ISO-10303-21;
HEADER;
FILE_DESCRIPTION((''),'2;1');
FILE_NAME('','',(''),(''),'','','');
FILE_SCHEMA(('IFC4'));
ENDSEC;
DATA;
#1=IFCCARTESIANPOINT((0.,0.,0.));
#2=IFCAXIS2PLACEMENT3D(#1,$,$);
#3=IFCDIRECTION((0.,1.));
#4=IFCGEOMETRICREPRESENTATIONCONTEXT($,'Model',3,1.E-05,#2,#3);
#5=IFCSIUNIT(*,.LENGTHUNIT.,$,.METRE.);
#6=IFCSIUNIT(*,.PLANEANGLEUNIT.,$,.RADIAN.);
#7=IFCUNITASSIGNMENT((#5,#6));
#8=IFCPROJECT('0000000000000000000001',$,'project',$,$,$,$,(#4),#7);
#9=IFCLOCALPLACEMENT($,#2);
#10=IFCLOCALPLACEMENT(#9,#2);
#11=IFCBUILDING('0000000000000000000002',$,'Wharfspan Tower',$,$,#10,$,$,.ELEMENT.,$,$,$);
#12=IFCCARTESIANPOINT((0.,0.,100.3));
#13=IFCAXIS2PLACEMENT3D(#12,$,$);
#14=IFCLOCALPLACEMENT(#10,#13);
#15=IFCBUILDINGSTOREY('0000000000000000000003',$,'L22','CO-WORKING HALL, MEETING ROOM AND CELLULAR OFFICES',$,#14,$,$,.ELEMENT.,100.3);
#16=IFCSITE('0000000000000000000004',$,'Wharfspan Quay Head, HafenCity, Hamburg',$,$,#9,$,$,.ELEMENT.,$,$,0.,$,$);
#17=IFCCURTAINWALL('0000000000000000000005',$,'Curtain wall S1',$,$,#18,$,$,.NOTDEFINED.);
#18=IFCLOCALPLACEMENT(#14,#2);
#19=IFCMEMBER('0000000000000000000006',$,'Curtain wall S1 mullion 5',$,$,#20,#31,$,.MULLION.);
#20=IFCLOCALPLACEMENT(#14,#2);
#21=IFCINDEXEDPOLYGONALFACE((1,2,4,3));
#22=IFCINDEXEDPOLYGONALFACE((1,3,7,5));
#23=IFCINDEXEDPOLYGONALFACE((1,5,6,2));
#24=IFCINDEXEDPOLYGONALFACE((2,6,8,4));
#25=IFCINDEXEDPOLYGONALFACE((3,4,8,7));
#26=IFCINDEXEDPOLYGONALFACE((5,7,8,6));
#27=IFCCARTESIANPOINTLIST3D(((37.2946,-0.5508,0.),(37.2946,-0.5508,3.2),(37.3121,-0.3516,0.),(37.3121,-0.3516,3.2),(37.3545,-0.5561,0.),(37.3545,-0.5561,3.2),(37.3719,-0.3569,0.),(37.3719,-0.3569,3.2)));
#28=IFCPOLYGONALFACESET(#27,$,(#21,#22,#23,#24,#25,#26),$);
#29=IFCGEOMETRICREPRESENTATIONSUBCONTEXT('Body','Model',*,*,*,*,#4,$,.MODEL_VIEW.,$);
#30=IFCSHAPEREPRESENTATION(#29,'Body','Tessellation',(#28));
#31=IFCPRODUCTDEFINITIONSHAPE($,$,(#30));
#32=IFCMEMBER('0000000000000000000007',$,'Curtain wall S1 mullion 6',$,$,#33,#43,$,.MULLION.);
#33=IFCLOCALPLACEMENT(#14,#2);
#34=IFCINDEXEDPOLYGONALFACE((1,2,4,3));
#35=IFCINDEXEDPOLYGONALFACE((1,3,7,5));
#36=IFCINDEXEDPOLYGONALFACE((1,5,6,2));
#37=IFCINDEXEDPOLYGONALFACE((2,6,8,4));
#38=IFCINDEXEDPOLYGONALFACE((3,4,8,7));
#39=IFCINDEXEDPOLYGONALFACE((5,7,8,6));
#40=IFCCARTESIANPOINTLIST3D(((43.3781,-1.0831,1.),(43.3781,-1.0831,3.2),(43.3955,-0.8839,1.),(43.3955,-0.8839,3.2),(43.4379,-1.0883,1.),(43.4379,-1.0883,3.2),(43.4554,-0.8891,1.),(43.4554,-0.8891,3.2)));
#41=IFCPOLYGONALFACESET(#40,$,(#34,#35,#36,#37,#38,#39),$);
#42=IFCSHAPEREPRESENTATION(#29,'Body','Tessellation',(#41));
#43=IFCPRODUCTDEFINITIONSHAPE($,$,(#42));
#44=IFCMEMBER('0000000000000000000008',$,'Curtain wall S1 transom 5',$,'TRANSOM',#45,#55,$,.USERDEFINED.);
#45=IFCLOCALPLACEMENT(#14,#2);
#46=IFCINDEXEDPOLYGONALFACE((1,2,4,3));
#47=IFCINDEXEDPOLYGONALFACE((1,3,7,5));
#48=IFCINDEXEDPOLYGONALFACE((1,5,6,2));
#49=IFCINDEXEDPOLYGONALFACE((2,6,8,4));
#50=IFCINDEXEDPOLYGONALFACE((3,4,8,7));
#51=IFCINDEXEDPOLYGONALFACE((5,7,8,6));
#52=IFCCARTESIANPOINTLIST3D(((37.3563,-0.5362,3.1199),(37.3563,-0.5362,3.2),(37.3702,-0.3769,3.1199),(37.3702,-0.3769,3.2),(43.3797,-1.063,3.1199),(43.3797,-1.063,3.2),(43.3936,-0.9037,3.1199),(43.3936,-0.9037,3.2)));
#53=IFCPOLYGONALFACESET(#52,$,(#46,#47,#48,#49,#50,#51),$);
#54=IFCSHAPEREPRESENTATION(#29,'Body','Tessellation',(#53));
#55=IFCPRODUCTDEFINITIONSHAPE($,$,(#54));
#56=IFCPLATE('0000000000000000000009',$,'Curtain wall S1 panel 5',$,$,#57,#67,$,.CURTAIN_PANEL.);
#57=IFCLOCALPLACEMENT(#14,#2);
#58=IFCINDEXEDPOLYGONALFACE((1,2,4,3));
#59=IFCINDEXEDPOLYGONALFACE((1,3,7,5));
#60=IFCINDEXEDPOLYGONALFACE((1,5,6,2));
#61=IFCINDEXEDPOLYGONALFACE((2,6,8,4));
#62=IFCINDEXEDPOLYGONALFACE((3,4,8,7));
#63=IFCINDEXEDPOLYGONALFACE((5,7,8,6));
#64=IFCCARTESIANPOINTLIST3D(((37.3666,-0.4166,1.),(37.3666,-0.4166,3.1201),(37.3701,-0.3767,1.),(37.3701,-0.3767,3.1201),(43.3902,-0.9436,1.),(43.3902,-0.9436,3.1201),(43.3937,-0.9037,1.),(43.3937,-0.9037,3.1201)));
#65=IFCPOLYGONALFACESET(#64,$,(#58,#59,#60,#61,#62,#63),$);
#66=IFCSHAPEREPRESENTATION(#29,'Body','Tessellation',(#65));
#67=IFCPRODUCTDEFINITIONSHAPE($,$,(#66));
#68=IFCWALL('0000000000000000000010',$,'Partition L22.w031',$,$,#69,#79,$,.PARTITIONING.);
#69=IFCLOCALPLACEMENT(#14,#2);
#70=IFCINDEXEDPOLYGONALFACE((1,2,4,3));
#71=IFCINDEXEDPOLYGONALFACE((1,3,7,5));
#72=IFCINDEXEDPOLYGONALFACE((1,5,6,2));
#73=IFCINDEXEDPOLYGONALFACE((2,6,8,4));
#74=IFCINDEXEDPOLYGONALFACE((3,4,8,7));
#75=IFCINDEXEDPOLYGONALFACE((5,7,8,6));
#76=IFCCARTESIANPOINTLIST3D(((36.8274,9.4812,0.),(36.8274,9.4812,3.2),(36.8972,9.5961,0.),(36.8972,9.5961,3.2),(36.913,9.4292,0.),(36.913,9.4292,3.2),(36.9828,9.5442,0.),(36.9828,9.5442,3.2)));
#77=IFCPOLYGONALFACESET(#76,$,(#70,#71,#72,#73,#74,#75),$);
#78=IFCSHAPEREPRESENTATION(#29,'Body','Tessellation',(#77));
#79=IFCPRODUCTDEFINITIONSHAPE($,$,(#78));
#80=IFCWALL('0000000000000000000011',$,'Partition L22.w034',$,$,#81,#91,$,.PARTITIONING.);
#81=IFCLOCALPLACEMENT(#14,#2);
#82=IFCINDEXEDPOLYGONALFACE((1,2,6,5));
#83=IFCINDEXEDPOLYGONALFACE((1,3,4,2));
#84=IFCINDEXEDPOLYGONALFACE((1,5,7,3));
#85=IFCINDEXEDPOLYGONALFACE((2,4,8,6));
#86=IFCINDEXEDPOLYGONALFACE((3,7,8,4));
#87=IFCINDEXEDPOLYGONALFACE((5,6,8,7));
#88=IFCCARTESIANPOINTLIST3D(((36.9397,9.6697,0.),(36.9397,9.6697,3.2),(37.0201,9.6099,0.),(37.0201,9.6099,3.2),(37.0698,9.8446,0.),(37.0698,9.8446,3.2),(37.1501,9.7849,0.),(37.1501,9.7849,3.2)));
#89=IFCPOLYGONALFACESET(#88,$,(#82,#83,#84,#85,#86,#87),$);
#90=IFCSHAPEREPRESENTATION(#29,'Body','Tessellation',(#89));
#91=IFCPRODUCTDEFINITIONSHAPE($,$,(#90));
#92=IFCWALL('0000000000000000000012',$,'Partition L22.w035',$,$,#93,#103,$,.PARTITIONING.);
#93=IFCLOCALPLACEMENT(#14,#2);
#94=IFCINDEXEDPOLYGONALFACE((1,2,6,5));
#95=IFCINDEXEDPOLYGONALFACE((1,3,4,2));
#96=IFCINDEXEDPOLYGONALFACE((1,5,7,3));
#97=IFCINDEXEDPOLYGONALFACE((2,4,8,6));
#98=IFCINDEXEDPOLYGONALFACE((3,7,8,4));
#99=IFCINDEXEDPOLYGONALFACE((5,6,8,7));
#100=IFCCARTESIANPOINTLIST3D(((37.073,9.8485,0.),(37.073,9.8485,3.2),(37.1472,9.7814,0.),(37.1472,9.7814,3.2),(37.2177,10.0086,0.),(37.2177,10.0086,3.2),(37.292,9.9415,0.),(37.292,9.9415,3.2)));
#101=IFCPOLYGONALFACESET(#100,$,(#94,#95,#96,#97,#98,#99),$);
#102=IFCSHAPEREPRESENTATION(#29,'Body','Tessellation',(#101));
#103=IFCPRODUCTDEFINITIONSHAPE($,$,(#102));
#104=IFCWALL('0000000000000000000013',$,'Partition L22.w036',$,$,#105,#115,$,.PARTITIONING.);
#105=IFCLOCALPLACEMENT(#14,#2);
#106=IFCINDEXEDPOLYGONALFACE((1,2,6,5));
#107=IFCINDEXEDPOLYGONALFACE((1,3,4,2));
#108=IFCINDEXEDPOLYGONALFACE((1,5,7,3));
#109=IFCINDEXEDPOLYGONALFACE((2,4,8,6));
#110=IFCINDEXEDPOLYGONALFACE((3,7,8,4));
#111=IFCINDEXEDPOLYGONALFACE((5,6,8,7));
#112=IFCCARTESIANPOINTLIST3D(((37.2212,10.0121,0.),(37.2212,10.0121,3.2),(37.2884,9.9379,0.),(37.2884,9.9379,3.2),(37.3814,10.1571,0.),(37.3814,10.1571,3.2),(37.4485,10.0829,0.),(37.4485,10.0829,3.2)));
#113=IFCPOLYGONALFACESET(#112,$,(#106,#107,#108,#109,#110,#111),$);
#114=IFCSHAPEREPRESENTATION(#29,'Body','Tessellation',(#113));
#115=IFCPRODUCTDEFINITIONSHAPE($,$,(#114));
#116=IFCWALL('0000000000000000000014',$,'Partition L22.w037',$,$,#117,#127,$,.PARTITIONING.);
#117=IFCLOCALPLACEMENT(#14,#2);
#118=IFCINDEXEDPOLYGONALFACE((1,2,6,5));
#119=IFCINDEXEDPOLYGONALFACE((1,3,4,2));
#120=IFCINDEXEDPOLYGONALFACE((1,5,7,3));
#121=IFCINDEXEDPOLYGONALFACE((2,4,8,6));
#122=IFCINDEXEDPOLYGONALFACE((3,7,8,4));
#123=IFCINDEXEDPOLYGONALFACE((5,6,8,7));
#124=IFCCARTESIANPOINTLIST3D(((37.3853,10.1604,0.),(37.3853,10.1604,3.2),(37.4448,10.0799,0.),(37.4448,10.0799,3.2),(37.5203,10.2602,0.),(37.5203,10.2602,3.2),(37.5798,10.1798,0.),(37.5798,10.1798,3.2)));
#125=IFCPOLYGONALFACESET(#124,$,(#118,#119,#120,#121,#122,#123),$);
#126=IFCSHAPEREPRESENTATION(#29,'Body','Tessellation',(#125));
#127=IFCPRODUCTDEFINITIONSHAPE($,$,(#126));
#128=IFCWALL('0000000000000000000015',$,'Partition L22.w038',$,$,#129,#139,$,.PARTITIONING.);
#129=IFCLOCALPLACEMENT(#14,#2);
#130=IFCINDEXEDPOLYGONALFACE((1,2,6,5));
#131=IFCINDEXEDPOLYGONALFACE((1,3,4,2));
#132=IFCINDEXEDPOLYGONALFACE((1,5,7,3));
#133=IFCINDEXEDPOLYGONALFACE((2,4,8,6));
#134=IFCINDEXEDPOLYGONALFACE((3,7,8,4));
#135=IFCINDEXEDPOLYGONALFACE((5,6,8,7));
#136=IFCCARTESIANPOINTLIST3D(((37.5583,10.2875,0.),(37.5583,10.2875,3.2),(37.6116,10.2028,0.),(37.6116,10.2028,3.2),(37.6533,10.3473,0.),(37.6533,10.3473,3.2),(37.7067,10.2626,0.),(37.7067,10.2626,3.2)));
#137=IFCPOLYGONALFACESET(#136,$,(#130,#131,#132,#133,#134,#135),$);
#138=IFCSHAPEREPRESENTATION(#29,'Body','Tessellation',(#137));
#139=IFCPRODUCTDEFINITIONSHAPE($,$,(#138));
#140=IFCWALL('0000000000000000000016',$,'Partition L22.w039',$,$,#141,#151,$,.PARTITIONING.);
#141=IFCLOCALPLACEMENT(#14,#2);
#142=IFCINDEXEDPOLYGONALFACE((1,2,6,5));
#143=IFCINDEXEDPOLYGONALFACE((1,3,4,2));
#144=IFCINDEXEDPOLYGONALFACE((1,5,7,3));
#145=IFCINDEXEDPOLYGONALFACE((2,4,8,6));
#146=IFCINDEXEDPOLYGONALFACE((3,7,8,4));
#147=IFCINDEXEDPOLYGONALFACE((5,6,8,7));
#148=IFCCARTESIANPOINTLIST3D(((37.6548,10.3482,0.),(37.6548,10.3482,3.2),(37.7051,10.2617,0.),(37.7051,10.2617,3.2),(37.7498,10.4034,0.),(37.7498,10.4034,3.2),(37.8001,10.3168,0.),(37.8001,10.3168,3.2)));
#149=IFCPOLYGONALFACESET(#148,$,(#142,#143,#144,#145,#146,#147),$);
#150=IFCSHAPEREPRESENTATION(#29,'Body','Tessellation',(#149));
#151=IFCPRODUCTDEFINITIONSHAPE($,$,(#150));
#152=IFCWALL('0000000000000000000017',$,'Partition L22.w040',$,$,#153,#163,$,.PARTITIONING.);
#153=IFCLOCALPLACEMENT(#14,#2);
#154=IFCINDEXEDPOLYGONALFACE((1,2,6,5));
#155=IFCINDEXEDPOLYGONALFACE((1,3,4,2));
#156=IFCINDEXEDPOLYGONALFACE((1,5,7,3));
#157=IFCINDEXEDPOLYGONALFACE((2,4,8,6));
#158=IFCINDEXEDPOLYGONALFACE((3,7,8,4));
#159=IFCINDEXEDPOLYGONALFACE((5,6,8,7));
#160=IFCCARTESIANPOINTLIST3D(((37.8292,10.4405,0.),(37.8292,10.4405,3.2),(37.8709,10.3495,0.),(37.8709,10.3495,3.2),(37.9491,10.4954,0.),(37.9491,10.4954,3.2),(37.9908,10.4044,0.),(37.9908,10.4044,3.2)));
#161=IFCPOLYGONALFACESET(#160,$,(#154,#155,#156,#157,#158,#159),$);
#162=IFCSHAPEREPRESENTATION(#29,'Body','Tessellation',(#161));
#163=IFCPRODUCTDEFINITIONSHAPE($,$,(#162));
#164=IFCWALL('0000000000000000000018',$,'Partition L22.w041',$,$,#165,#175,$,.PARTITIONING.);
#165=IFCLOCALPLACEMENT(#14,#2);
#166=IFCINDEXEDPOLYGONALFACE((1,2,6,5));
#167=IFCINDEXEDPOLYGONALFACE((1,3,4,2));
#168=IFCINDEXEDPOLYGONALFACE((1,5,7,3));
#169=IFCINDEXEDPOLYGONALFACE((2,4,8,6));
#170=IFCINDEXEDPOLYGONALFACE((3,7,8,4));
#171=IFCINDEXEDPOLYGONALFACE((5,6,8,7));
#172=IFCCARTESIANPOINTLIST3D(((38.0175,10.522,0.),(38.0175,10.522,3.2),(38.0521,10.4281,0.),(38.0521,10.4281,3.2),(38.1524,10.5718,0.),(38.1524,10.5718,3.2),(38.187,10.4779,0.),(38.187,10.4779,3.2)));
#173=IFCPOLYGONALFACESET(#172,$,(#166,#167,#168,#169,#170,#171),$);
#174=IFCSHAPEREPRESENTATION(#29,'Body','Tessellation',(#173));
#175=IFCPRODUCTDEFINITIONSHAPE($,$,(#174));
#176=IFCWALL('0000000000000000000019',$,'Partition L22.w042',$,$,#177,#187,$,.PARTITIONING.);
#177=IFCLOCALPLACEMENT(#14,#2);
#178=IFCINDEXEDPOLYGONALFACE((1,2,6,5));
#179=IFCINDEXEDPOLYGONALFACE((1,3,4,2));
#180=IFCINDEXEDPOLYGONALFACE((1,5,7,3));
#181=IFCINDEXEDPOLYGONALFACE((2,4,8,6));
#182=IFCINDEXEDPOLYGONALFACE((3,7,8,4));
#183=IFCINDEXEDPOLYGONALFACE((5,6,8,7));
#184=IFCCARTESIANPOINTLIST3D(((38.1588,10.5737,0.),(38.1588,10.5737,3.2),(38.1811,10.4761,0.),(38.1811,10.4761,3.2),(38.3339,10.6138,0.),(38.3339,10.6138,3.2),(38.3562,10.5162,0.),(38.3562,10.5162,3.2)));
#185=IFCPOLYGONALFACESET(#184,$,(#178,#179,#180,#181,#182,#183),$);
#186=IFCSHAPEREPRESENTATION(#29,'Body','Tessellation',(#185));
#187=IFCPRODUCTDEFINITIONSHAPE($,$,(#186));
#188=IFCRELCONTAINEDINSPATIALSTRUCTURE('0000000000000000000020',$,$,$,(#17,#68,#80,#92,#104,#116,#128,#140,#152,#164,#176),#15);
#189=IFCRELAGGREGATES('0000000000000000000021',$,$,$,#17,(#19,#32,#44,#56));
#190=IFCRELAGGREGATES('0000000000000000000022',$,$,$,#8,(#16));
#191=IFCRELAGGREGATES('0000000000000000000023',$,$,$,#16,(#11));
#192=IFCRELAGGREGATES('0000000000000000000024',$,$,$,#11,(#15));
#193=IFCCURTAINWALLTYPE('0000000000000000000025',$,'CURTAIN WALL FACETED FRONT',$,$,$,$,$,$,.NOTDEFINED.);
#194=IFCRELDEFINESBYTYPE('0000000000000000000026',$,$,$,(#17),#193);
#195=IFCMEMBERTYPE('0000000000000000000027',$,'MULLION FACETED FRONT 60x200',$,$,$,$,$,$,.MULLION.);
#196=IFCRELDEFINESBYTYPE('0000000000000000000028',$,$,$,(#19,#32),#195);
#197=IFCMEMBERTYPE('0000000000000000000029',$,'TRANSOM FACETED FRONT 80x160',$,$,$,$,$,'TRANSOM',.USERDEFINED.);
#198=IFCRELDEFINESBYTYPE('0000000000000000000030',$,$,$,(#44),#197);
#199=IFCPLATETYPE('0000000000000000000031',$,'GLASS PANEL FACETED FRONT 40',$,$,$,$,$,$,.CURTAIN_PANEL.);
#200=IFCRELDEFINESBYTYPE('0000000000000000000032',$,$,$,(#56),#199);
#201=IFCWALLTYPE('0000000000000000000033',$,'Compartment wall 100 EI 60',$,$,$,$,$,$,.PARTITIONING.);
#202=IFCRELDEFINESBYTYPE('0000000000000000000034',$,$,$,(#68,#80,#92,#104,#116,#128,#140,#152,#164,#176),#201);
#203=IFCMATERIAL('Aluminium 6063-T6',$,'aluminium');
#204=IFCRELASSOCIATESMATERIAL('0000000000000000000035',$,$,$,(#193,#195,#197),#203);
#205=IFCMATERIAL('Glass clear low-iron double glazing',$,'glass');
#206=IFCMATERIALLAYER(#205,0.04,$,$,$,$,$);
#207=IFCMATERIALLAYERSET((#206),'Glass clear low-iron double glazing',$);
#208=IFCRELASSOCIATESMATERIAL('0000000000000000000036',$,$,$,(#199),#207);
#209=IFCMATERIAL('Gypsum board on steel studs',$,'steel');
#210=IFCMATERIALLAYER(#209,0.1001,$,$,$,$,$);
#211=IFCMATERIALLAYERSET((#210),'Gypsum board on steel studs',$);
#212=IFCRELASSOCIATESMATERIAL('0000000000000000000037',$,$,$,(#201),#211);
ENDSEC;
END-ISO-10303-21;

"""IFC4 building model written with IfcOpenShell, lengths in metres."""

from ifc_helpers import new_model, si_unit, direction, frame, frame_2d, origin, origin_2d, place, context, subcontext, project, spatial, rectangle, extrude, material, layer, layer_set, material_profile, profile_set, type_object, element, aggregate, save


model = new_model("IFC4")

# Units and contexts
model_context = context("Model", 3, precision=1e-05, world=origin(), true_north=direction((0.0, 1.0)))
body_context = subcontext(model_context, "Body", "Model", "MODEL_VIEW")
ifc_project = project(units=[si_unit("LENGTHUNIT", "METRE"), si_unit("PLANEANGLEUNIT", "RADIAN")], contexts=[model_context])

# Site, building, storey
site_placement = place(None, origin())
site = spatial("IfcSite", under=ifc_project, at=site_placement, Name="Wharfspan Quay Head, HafenCity, Hamburg", CompositionType="ELEMENT", RefElevation=0.0)
building_placement = place(site_placement, origin())
building = spatial("IfcBuilding", under=site, at=building_placement, Name="Wharfspan Tower", CompositionType="ELEMENT")
storey_placement = place(building_placement, frame((0.0, 0.0, 100.3)))
storey = spatial("IfcBuildingStorey", under=building, at=storey_placement, Name="L22", Description="CO-WORKING HALL, MEETING ROOM AND CELLULAR OFFICES", CompositionType="ELEMENT", Elevation=100.3)

# Curtain wall, members, plate
ifc_material_1 = material(Name="Aluminium 6063-T6", Category="aluminium")
curtain_wall_type = type_object("IfcCurtainWallType", Name="CURTAIN WALL FACETED FRONT", PredefinedType="NOTDEFINED", material=ifc_material_1)
curtain_wall_placement = place(storey_placement, origin())
curtain_wall = element("IfcCurtainWall", 1, at=curtain_wall_placement, inside=storey, type_object=curtain_wall_type, Name="Curtain wall S1", PredefinedType="NOTDEFINED")
ifc_material_profile_1 = material_profile(ifc_material_1, rectangle(XDim=0.2, YDim=0.0601, at=origin_2d()))
ifc_profile_set_1 = profile_set([ifc_material_profile_1], Name="Aluminium 6063-T6")
member_type_1 = type_object("IfcMemberType", Name="MULLION FACETED FRONT 60x200", PredefinedType="MULLION", material=ifc_profile_set_1)
member_1_placement = place(storey_placement, frame((37.3333, -0.4539, 0.0), z_axis=(0.0, 0.0, 1.0), x_axis=(0.087156, 0.996198, 0.0)))
member_1 = element("IfcMember", 2, at=member_1_placement, type_object=member_type_1, Name="Curtain wall S1 mullion 5", PredefinedType="MULLION", context=body_context, shape_type="SweptSolid", body=[
    extrude(rectangle(XDim=0.2, YDim=0.0601, at=origin_2d()), origin(), (0.0, 0.0, 1.0), 3.2),
])
member_2_placement = place(storey_placement, frame((43.4167, -0.9861, 1.0), z_axis=(0.0, 0.0, 1.0), x_axis=(0.087156, 0.996198, 0.0)))
member_2 = element("IfcMember", 3, at=member_2_placement, type_object=member_type_1, Name="Curtain wall S1 mullion 6", PredefinedType="MULLION", context=body_context, shape_type="SweptSolid", body=[
    extrude(rectangle(XDim=0.2, YDim=0.0601, at=origin_2d()), origin(), (0.0, 0.0, 1.0), 2.2),
])
ifc_material_profile_2 = material_profile(ifc_material_1, rectangle(XDim=0.1599, YDim=0.0801, at=origin_2d()))
ifc_profile_set_2 = profile_set([ifc_material_profile_2], Name="Aluminium 6063-T6")
member_type_2 = type_object("IfcMemberType", Name="TRANSOM FACETED FRONT 80x160", ElementType="TRANSOM", PredefinedType="USERDEFINED", material=ifc_profile_set_2)
member_3_placement = place(storey_placement, frame((37.3633, -0.4565, 3.1599), z_axis=(0.996197, -0.087135, 0.0), x_axis=(0.087135, 0.996197, 0.0)))
member_3 = element("IfcMember", 4, at=member_3_placement, type_object=member_type_2, Name="Curtain wall S1 transom 5", ObjectType="TRANSOM", PredefinedType="USERDEFINED", context=body_context, shape_type="SweptSolid", body=[
    extrude(rectangle(XDim=0.1599, YDim=0.0801, at=origin_2d()), origin(), (0.0, 0.0, 1.0), 6.0464),
])
ifc_material_2 = material(Name="Glass clear low-iron double glazing", Category="glass")
ifc_layer_1 = layer(ifc_material_2, 0.04)
ifc_layer_set_1 = layer_set([ifc_layer_1], Name="Glass clear low-iron double glazing")
plate_type = type_object("IfcPlateType", Name="GLASS PANEL FACETED FRONT 40", PredefinedType="CURTAIN_PANEL", material=ifc_layer_set_1)
plate_placement = place(storey_placement, frame((40.3801, -0.6602, 1.0), z_axis=(0.0, 0.0, 1.0), x_axis=(0.996198, -0.087156, 0.0)))
plate = element("IfcPlate", 5, at=plate_placement, type_object=plate_type, Name="Curtain wall S1 panel 5", PredefinedType="CURTAIN_PANEL", context=body_context, shape_type="SweptSolid", body=[
    extrude(rectangle(XDim=6.0466, YDim=0.04, at=origin_2d()), origin(), (0.0, 0.0, 1.0), 2.1201),
])
aggregate(curtain_wall, [member_1, member_2, member_3, plate])

# Walls
ifc_material_3 = material(Name="Gypsum board on steel studs", Category="steel")
ifc_layer_2 = layer(ifc_material_3, 0.1001)
ifc_layer_set_2 = layer_set([ifc_layer_2], Name="Gypsum board on steel studs")
wall_type_1 = type_object("IfcWallType", Name="Compartment wall 100 EI 60", PredefinedType="PARTITIONING", material=ifc_layer_set_2)
wall_1_placement = place(storey_placement, frame((36.8701, 9.4551, 0.0), z_axis=(0.0, 0.0, 1.0), x_axis=(0.519025, 0.854758, 0.0)))
element("IfcWall", 6, at=wall_1_placement, inside=storey, type_object=wall_type_1, Name="Partition L22.w031", PredefinedType="PARTITIONING", context=body_context, shape_type="SweptSolid", body=[
    extrude(rectangle(XDim=0.1345, YDim=0.1001, at=frame_2d((0.0674, 0.0))), origin(), (0.0, 0.0, 1.0), 3.2),
])
wall_2_placement = place(storey_placement, frame((36.98, 9.6399, 0.0), z_axis=(0.0, 0.0, 1.0), x_axis=(0.596595, 0.802549, 0.0)))
element("IfcWall", 7, at=wall_2_placement, inside=storey, type_object=wall_type_1, Name="Partition L22.w034", PredefinedType="PARTITIONING", context=body_context, shape_type="SweptSolid", body=[
    extrude(rectangle(XDim=0.218, YDim=0.1001, at=frame_2d((0.1089, 0.0))), origin(), (0.0, 0.0, 1.0), 3.2),
])
wall_3_placement = place(storey_placement, frame((37.1101, 9.8149, 0.0), z_axis=(0.0, 0.0, 1.0), x_axis=(0.670589, 0.741832, 0.0)))
element("IfcWall", 8, at=wall_3_placement, inside=storey, type_object=wall_type_1, Name="Partition L22.w035", PredefinedType="PARTITIONING", context=body_context, shape_type="SweptSolid", body=[
    extrude(rectangle(XDim=0.2158, YDim=0.1001, at=frame_2d((0.1079, 0.0))), origin(), (0.0, 0.0, 1.0), 3.2),
])
wall_4_placement = place(storey_placement, frame((37.2549, 9.9751, 0.0), z_axis=(0.0, 0.0, 1.0), x_axis=(0.741269, 0.67121, 0.0)))
element("IfcWall", 9, at=wall_4_placement, inside=storey, type_object=wall_type_1, Name="Partition L22.w036", PredefinedType="PARTITIONING", context=body_context, shape_type="SweptSolid", body=[
    extrude(rectangle(XDim=0.2161, YDim=0.1001, at=frame_2d((0.1079, 0.0))), origin(), (0.0, 0.0, 1.0), 3.2),
])
wall_5_placement = place(storey_placement, frame((37.415, 10.1201, 0.0), z_axis=(0.0, 0.0, 1.0), x_axis=(0.803993, 0.594635, 0.0)))
element("IfcWall", 10, at=wall_5_placement, inside=storey, type_object=wall_type_1, Name="Partition L22.w037", PredefinedType="PARTITIONING", context=body_context, shape_type="SweptSolid", body=[
    extrude(rectangle(XDim=0.168, YDim=0.1001, at=frame_2d((0.084, 0.0))), origin(), (0.0, 0.0, 1.0), 3.2),
])
wall_6_placement = place(storey_placement, frame((37.585, 10.2451, 0.0), z_axis=(0.0, 0.0, 1.0), x_axis=(0.846156, 0.532926, 0.0)))
element("IfcWall", 11, at=wall_6_placement, inside=storey, type_object=wall_type_1, Name="Partition L22.w038", PredefinedType="PARTITIONING", context=body_context, shape_type="SweptSolid", body=[
    extrude(rectangle(XDim=0.1123, YDim=0.1001, at=frame_2d((0.0562, 0.0))), origin(), (0.0, 0.0, 1.0), 3.2),
])
wall_7_placement = place(storey_placement, frame((37.6799, 10.3049, 0.0), z_axis=(0.0, 0.0, 1.0), x_axis=(0.864661, 0.502348, 0.0)))
element("IfcWall", 12, at=wall_7_placement, inside=storey, type_object=wall_type_1, Name="Partition L22.w039", PredefinedType="PARTITIONING", context=body_context, shape_type="SweptSolid", body=[
    extrude(rectangle(XDim=0.1099, YDim=0.1001, at=frame_2d((0.0549, 0.0))), origin(), (0.0, 0.0, 1.0), 3.2),
])
wall_8_placement = place(storey_placement, frame((37.8501, 10.395, 0.0), z_axis=(0.0, 0.0, 1.0), x_axis=(0.909092, 0.41659, 0.0)))
element("IfcWall", 13, at=wall_8_placement, inside=storey, type_object=wall_type_1, Name="Partition L22.w040", PredefinedType="PARTITIONING", context=body_context, shape_type="SweptSolid", body=[
    extrude(rectangle(XDim=0.1318, YDim=0.1001, at=frame_2d((0.0659, 0.0))), origin(), (0.0, 0.0, 1.0), 3.2),
])
wall_9_placement = place(storey_placement, frame((38.0349, 10.4751, 0.0), z_axis=(0.0, 0.0, 1.0), x_axis=(0.938197, 0.346098, 0.0)))
element("IfcWall", 14, at=wall_9_placement, inside=storey, type_object=wall_type_1, Name="Partition L22.w041", PredefinedType="PARTITIONING", context=body_context, shape_type="SweptSolid", body=[
    extrude(rectangle(XDim=0.1438, YDim=0.1001, at=frame_2d((0.0718, 0.0))), origin(), (0.0, 0.0, 1.0), 3.2),
])
wall_10_placement = place(storey_placement, frame((38.1699, 10.5249, 0.0), z_axis=(0.0, 0.0, 1.0), x_axis=(0.974827, 0.222973, 0.0)))
element("IfcWall", 15, at=wall_10_placement, inside=storey, type_object=wall_type_1, Name="Partition L22.w042", PredefinedType="PARTITIONING", context=body_context, shape_type="SweptSolid", body=[
    extrude(rectangle(XDim=0.1797, YDim=0.1001, at=frame_2d((0.0898, 0.0))), origin(), (0.0, 0.0, 1.0), 3.2),
])

save(model, "model.ifc")
